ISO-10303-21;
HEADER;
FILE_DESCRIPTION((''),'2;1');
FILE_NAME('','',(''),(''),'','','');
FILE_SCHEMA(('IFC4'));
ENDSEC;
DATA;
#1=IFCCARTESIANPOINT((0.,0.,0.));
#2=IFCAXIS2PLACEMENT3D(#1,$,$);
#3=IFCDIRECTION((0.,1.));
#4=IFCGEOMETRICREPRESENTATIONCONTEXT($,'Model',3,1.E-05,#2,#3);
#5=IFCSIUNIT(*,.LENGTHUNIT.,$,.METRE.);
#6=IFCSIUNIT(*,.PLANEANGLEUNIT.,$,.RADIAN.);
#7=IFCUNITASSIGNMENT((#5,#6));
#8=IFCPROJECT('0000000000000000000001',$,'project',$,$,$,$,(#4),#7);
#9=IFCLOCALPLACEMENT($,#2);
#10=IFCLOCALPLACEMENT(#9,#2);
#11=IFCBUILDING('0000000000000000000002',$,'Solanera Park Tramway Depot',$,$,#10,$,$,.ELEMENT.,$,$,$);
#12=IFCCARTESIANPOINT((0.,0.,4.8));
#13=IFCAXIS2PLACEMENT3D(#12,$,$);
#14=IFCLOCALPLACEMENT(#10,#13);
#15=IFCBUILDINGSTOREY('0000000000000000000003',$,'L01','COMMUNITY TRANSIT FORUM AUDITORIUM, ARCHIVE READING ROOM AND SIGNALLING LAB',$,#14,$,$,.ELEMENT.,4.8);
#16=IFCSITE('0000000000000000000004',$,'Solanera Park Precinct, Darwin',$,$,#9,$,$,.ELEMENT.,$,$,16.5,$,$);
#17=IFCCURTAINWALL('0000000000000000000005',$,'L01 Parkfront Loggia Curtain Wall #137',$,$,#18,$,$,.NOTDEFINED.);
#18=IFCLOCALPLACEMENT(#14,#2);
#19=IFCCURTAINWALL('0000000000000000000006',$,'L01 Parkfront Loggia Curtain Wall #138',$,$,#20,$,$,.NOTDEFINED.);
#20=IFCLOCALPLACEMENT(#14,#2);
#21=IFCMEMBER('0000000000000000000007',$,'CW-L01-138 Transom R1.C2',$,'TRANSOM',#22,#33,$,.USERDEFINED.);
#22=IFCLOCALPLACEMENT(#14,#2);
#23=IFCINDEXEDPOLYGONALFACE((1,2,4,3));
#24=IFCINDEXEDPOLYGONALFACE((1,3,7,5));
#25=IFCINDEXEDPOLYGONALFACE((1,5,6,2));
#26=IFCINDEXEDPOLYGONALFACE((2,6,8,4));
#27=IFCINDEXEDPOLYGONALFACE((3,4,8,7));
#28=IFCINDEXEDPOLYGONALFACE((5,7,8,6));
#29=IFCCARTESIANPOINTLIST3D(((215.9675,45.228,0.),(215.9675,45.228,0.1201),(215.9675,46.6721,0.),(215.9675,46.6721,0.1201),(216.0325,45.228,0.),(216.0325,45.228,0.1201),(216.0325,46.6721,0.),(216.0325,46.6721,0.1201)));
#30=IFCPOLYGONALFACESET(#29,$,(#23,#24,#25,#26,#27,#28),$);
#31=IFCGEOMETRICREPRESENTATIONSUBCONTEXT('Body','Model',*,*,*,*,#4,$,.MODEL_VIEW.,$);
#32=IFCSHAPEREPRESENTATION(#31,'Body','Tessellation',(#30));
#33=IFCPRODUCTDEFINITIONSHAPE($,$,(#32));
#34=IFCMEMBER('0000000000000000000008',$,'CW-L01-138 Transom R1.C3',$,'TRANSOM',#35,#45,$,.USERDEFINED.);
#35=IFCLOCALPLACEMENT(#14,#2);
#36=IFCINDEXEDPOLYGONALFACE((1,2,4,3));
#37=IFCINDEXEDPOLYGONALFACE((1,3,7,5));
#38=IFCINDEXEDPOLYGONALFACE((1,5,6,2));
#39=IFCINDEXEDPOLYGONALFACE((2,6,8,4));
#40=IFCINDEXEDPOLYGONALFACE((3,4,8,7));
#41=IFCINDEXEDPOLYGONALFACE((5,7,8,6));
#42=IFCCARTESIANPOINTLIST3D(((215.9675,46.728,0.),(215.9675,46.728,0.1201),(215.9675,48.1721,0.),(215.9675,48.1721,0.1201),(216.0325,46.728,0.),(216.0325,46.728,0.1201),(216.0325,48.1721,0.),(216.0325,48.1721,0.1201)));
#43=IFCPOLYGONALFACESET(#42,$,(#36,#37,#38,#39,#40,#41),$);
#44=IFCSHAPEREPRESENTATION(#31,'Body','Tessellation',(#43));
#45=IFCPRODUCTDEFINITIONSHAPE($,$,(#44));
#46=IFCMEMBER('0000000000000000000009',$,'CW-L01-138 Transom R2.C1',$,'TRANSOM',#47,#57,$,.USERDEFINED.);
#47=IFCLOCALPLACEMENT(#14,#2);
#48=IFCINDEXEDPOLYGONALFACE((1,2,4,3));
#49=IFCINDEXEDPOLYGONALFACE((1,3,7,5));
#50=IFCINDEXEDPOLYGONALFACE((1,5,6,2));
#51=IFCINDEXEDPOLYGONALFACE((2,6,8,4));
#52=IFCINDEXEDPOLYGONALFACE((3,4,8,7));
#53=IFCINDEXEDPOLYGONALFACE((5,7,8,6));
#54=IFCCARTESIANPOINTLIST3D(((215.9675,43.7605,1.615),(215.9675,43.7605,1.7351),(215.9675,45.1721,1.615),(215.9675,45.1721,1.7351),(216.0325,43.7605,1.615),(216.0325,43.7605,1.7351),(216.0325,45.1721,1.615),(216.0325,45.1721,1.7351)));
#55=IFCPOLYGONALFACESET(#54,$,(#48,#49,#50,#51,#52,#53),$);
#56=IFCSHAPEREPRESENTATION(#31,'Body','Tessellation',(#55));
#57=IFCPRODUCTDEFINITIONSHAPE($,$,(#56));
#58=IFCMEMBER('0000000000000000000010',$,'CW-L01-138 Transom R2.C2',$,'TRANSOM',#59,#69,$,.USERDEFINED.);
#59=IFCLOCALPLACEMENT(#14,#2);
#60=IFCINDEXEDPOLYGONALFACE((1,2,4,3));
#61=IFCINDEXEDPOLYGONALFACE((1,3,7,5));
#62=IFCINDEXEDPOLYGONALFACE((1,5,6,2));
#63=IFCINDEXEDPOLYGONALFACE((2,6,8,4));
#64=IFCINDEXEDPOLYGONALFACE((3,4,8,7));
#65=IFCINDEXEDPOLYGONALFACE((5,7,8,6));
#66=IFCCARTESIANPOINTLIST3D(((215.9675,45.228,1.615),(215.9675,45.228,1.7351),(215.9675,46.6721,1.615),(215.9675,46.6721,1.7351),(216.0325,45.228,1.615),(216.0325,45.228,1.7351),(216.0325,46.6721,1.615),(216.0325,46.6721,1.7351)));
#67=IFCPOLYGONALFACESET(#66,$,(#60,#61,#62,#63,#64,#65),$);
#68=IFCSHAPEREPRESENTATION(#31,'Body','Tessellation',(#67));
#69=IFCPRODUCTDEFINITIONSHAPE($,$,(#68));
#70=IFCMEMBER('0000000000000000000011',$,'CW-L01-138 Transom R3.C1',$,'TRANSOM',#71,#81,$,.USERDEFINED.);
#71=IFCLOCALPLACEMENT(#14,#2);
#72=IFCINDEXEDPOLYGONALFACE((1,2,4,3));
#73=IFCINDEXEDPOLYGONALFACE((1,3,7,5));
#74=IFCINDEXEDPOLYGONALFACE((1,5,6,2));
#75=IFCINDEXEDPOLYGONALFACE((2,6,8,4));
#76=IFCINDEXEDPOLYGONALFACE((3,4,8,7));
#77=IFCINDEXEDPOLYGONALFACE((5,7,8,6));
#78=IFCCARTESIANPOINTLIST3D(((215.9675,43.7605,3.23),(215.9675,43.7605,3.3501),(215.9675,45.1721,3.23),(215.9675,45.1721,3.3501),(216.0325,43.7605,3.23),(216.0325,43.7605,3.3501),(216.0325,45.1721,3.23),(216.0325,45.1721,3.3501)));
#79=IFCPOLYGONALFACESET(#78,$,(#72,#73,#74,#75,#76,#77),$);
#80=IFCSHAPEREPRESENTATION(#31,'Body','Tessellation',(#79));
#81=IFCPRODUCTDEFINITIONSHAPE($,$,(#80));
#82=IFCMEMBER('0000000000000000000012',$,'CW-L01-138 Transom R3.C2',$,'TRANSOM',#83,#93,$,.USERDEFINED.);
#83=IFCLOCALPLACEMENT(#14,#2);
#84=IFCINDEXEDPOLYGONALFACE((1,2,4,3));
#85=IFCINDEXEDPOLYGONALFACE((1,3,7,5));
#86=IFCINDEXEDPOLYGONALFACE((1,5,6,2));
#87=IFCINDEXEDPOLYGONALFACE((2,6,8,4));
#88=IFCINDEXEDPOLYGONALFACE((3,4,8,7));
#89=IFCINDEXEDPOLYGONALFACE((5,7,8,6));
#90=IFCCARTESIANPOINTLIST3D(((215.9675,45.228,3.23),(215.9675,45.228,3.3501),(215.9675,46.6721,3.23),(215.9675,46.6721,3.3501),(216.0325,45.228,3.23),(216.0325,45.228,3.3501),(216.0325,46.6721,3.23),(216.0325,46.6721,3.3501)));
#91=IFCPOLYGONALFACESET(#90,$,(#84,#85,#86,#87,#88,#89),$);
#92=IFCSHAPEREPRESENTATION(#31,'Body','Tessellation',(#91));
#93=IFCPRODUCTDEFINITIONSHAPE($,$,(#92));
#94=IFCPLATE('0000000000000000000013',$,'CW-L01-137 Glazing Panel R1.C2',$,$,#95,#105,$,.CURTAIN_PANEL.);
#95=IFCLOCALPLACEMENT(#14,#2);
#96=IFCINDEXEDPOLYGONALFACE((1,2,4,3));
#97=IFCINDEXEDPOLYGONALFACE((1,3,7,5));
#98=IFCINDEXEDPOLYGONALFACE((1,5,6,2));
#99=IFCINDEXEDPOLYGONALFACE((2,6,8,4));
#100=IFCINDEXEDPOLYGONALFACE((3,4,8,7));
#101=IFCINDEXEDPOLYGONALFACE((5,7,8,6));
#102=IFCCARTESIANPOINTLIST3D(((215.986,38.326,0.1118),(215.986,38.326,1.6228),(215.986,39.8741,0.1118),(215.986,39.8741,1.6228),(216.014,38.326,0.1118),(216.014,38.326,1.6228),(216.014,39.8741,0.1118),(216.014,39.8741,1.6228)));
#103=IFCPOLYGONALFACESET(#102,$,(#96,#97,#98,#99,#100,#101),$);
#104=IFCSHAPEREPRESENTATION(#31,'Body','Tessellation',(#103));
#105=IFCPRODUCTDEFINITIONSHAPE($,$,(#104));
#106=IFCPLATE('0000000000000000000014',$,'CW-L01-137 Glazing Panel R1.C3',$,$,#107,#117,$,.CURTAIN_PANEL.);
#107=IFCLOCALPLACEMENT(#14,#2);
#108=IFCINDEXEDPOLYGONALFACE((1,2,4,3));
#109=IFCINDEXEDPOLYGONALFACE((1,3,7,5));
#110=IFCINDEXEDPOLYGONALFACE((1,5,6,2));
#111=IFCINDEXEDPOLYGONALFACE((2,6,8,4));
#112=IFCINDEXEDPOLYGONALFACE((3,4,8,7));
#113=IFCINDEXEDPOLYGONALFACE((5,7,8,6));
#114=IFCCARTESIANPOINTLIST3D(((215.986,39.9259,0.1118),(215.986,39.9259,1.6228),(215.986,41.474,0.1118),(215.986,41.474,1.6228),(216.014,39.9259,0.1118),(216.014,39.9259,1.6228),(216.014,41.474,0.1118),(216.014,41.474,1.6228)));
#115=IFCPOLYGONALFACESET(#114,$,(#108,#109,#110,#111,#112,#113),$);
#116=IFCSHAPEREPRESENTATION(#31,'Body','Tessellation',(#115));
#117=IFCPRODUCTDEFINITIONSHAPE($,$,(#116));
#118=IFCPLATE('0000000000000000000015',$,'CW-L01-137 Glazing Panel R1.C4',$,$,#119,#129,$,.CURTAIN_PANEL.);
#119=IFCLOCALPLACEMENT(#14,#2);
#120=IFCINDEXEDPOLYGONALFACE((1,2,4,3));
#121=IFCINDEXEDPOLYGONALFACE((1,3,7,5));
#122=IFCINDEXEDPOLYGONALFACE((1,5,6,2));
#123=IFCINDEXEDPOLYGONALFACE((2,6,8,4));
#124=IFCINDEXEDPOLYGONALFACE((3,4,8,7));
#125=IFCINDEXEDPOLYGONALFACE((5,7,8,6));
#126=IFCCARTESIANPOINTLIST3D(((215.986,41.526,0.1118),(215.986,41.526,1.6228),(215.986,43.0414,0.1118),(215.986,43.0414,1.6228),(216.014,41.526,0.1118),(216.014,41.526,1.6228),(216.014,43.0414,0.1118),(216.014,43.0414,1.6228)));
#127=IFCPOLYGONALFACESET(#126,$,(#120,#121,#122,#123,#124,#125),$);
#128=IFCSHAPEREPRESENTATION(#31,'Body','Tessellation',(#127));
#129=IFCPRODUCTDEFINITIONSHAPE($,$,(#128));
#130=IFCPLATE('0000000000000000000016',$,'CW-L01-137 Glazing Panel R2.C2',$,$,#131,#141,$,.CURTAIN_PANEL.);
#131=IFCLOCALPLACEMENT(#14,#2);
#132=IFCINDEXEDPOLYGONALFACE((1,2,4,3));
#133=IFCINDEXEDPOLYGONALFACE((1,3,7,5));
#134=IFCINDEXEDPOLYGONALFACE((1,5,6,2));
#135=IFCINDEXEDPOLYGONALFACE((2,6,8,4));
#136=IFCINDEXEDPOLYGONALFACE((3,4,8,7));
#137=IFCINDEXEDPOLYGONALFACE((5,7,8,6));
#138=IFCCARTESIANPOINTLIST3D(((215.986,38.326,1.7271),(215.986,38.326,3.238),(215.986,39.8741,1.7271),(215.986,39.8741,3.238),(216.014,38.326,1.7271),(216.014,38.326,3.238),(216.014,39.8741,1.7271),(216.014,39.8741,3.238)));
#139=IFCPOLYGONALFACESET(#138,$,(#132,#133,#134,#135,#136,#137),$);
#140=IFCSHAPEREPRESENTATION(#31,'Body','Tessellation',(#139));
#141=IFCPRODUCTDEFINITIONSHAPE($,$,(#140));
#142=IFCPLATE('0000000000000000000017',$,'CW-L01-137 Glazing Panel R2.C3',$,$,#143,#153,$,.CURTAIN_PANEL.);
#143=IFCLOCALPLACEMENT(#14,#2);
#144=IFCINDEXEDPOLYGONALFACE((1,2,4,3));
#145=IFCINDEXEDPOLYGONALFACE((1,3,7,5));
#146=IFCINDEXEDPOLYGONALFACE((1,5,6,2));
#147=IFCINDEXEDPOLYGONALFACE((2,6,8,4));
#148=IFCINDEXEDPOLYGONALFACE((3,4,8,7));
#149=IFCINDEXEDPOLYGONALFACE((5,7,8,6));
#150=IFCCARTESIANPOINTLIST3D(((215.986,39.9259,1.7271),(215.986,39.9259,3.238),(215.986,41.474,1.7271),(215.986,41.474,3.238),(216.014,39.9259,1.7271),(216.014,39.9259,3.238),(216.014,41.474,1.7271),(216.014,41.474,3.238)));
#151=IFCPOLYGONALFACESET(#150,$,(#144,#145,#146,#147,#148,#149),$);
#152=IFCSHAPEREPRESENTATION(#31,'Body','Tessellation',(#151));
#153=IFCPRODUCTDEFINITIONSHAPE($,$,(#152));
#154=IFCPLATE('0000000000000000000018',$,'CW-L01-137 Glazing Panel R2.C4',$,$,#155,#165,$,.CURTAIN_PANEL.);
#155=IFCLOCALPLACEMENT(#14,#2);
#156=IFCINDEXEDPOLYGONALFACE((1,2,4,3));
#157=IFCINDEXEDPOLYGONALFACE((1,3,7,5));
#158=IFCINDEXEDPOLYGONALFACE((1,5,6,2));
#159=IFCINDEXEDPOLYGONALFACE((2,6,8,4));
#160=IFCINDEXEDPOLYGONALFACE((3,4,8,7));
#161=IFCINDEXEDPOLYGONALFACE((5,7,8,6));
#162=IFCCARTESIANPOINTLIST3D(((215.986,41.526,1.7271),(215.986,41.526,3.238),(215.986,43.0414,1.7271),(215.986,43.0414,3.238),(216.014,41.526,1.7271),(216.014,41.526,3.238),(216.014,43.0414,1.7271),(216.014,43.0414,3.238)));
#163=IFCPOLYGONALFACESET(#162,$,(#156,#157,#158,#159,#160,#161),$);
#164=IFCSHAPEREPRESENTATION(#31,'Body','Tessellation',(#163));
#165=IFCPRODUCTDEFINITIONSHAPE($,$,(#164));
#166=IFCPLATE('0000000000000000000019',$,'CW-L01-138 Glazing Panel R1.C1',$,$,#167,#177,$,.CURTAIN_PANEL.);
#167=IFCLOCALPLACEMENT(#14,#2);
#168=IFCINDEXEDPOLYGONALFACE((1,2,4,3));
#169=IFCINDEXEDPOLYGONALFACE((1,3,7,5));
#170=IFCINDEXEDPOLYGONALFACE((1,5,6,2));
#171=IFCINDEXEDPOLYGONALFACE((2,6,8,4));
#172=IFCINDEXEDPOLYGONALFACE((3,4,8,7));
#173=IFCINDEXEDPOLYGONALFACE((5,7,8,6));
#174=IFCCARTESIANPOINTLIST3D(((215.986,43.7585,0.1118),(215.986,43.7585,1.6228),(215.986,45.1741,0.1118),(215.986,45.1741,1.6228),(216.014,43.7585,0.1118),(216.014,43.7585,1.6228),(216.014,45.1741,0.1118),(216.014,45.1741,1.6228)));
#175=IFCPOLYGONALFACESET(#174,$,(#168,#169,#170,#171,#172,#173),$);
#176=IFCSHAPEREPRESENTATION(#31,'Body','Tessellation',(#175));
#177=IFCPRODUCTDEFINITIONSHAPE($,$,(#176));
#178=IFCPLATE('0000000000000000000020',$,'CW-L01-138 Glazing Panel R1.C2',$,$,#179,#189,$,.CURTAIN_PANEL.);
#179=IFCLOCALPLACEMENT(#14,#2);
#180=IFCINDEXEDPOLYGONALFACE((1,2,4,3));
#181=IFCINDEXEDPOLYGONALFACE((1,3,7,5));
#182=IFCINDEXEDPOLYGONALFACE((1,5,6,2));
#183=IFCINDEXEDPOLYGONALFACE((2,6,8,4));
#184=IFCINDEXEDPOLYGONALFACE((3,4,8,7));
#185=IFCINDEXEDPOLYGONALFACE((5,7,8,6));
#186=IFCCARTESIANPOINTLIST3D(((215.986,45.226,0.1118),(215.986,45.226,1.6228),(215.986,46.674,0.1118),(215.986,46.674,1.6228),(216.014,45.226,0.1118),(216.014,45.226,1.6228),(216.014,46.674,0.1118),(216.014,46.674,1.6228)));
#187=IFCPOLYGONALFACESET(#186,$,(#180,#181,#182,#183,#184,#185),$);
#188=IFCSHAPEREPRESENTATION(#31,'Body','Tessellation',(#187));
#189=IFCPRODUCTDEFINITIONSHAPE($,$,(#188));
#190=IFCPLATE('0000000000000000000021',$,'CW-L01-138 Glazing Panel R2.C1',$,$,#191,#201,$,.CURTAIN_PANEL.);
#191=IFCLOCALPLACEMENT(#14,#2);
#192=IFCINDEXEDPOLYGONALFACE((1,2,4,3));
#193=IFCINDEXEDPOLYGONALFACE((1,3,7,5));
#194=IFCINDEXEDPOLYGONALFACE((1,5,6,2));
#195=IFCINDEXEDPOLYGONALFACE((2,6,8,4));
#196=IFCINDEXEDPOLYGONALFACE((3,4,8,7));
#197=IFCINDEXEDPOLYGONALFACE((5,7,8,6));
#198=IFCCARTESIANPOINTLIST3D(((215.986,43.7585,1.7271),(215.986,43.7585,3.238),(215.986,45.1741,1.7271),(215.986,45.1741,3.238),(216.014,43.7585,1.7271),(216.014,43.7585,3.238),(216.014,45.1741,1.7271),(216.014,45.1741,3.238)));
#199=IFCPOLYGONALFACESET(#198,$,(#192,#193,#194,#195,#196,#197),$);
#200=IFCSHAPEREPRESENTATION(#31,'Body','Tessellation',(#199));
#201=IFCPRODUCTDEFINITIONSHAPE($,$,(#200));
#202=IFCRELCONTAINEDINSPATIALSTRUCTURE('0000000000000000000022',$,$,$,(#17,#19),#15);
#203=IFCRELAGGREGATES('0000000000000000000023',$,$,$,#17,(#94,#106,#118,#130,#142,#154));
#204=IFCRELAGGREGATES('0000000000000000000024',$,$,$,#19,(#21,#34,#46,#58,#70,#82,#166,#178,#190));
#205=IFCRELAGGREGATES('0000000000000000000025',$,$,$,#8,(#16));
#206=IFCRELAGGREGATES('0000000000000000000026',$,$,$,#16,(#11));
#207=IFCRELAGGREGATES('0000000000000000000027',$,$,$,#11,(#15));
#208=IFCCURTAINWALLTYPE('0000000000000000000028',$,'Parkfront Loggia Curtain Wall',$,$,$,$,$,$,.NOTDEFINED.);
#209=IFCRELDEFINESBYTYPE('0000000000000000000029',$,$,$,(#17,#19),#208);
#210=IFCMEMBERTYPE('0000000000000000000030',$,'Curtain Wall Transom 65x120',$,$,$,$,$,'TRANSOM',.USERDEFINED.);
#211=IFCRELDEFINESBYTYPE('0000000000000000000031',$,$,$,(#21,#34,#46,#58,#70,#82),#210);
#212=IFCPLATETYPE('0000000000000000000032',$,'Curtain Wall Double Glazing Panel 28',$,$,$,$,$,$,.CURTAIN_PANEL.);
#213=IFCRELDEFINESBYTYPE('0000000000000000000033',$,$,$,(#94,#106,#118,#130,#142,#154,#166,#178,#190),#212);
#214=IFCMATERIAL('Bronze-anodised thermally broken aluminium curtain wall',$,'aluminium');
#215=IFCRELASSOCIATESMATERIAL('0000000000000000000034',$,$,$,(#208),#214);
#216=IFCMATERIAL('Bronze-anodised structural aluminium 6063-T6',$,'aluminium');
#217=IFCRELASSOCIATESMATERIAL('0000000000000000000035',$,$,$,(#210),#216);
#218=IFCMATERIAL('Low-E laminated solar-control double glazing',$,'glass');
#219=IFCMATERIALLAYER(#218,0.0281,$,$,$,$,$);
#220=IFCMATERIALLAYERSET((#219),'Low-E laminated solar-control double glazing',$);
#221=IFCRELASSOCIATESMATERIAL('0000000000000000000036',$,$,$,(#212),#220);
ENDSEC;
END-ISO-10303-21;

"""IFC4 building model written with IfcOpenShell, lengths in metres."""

from ifc_helpers import new_model, si_unit, direction, frame, origin, origin_2d, place, context, subcontext, project, spatial, rectangle, extrude, material, layer, layer_set, material_profile, profile_set, type_object, element, aggregate, save


model = new_model("IFC4")

# Units and contexts
model_context = context("Model", 3, precision=1e-05, world=origin(), true_north=direction((0.0, 1.0)))
body_context = subcontext(model_context, "Body", "Model", "MODEL_VIEW")
ifc_project = project(units=[si_unit("LENGTHUNIT", "METRE"), si_unit("PLANEANGLEUNIT", "RADIAN")], contexts=[model_context])

# Site, building, storey
site_placement = place(None, origin())
site = spatial("IfcSite", under=ifc_project, at=site_placement, Name="Solanera Park Precinct, Darwin", CompositionType="ELEMENT", RefElevation=16.5)
building_placement = place(site_placement, origin())
building = spatial("IfcBuilding", under=site, at=building_placement, Name="Solanera Park Tramway Depot", CompositionType="ELEMENT")
storey_placement = place(building_placement, frame((0.0, 0.0, 4.8)))
storey = spatial("IfcBuildingStorey", under=building, at=storey_placement, Name="L01", Description="COMMUNITY TRANSIT FORUM AUDITORIUM, ARCHIVE READING ROOM AND SIGNALLING LAB", CompositionType="ELEMENT", Elevation=4.8)

# Curtain walls
ifc_material_1 = material(Name="Bronze-anodised thermally broken aluminium curtain wall", Category="aluminium")
curtain_wall_type = type_object("IfcCurtainWallType", Name="Parkfront Loggia Curtain Wall", PredefinedType="NOTDEFINED", material=ifc_material_1)
curtain_wall_1_placement = place(storey_placement, origin())
curtain_wall_1 = element("IfcCurtainWall", 1, at=curtain_wall_1_placement, inside=storey, type_object=curtain_wall_type, Name="L01 Parkfront Loggia Curtain Wall #137", PredefinedType="NOTDEFINED")
curtain_wall_2_placement = place(storey_placement, origin())
curtain_wall_2 = element("IfcCurtainWall", 2, at=curtain_wall_2_placement, inside=storey, type_object=curtain_wall_type, Name="L01 Parkfront Loggia Curtain Wall #138", PredefinedType="NOTDEFINED")

# Members
ifc_material_2 = material(Name="Bronze-anodised structural aluminium 6063-T6", Category="aluminium")
ifc_material_profile_1 = material_profile(ifc_material_2, rectangle(XDim=0.0649, YDim=0.1201, at=origin_2d()), Name="Curtain Wall Transom 65x120")
ifc_profile_set_1 = profile_set([ifc_material_profile_1], Name="Bronze-anodised structural aluminium 6063-T6")
member_type_1 = type_object("IfcMemberType", Name="Curtain Wall Transom 65x120", ElementType="TRANSOM", PredefinedType="USERDEFINED", material=ifc_profile_set_1)
member_1_placement = place(storey_placement, frame((216.0, 45.228, 0.0601), z_axis=(0.0, 1.0, 0.0), x_axis=(-1.0, 0.0, 0.0)))
member_1 = element("IfcMember", 3, at=member_1_placement, type_object=member_type_1, Name="CW-L01-138 Transom R1.C2", ObjectType="TRANSOM", PredefinedType="USERDEFINED", context=body_context, shape_type="SweptSolid", body=[
    extrude(rectangle(XDim=0.0649, YDim=0.1201, at=origin_2d()), origin(), (0.0, 0.0, 1.0), 1.4441),
])
member_2_placement = place(storey_placement, frame((216.0, 46.728, 0.0601), z_axis=(0.0, 1.0, 0.0), x_axis=(-1.0, 0.0, 0.0)))
member_2 = element("IfcMember", 4, at=member_2_placement, type_object=member_type_1, Name="CW-L01-138 Transom R1.C3", ObjectType="TRANSOM", PredefinedType="USERDEFINED", context=body_context, shape_type="SweptSolid", body=[
    extrude(rectangle(XDim=0.0649, YDim=0.1201, at=origin_2d()), origin(), (0.0, 0.0, 1.0), 1.4441),
])
member_3_placement = place(storey_placement, frame((216.0, 43.7605, 1.675), z_axis=(0.0, 1.0, 0.0), x_axis=(-1.0, 0.0, 0.0)))
member_3 = element("IfcMember", 5, at=member_3_placement, type_object=member_type_1, Name="CW-L01-138 Transom R2.C1", ObjectType="TRANSOM", PredefinedType="USERDEFINED", context=body_context, shape_type="SweptSolid", body=[
    extrude(rectangle(XDim=0.0649, YDim=0.1201, at=origin_2d()), origin(), (0.0, 0.0, 1.0), 1.4116),
])
member_4_placement = place(storey_placement, frame((216.0, 45.228, 1.675), z_axis=(0.0, 1.0, 0.0), x_axis=(-1.0, 0.0, 0.0)))
member_4 = element("IfcMember", 6, at=member_4_placement, type_object=member_type_1, Name="CW-L01-138 Transom R2.C2", ObjectType="TRANSOM", PredefinedType="USERDEFINED", context=body_context, shape_type="SweptSolid", body=[
    extrude(rectangle(XDim=0.0649, YDim=0.1201, at=origin_2d()), origin(), (0.0, 0.0, 1.0), 1.4441),
])
member_5_placement = place(storey_placement, frame((216.0, 43.7605, 3.29), z_axis=(0.0, 1.0, 0.0), x_axis=(-1.0, 0.0, 0.0)))
member_5 = element("IfcMember", 7, at=member_5_placement, type_object=member_type_1, Name="CW-L01-138 Transom R3.C1", ObjectType="TRANSOM", PredefinedType="USERDEFINED", context=body_context, shape_type="SweptSolid", body=[
    extrude(rectangle(XDim=0.0649, YDim=0.1201, at=origin_2d()), origin(), (0.0, 0.0, 1.0), 1.4116),
])
member_6_placement = place(storey_placement, frame((216.0, 45.228, 3.29), z_axis=(0.0, 1.0, 0.0), x_axis=(-1.0, 0.0, 0.0)))
member_6 = element("IfcMember", 8, at=member_6_placement, type_object=member_type_1, Name="CW-L01-138 Transom R3.C2", ObjectType="TRANSOM", PredefinedType="USERDEFINED", context=body_context, shape_type="SweptSolid", body=[
    extrude(rectangle(XDim=0.0649, YDim=0.1201, at=origin_2d()), origin(), (0.0, 0.0, 1.0), 1.4441),
])

# Plates
ifc_material_3 = material(Name="Low-E laminated solar-control double glazing", Category="glass")
ifc_layer = layer(ifc_material_3, 0.0281)
ifc_layer_set = layer_set([ifc_layer], Name="Low-E laminated solar-control double glazing")
plate_type = type_object("IfcPlateType", Name="Curtain Wall Double Glazing Panel 28", PredefinedType="CURTAIN_PANEL", material=ifc_layer_set)
plate_1_placement = place(storey_placement, frame((216.0, 39.1001, 0.1118), z_axis=(0.0, 0.0, 1.0), x_axis=(0.0, 1.0, 0.0)))
plate_1 = element("IfcPlate", 9, at=plate_1_placement, type_object=plate_type, Name="CW-L01-137 Glazing Panel R1.C2", PredefinedType="CURTAIN_PANEL", context=body_context, shape_type="SweptSolid", body=[
    extrude(rectangle(XDim=1.5481, YDim=0.0281, at=origin_2d()), origin(), (0.0, 0.0, 1.0), 1.511),
])
plate_2_placement = place(storey_placement, frame((216.0, 40.7, 0.1118), z_axis=(0.0, 0.0, 1.0), x_axis=(0.0, 1.0, 0.0)))
plate_2 = element("IfcPlate", 10, at=plate_2_placement, type_object=plate_type, Name="CW-L01-137 Glazing Panel R1.C3", PredefinedType="CURTAIN_PANEL", context=body_context, shape_type="SweptSolid", body=[
    extrude(rectangle(XDim=1.5481, YDim=0.0281, at=origin_2d()), origin(), (0.0, 0.0, 1.0), 1.511),
])
plate_3_placement = place(storey_placement, frame((216.0, 42.2837, 0.1118), z_axis=(0.0, 0.0, 1.0), x_axis=(0.0, 1.0, 0.0)))
plate_3 = element("IfcPlate", 11, at=plate_3_placement, type_object=plate_type, Name="CW-L01-137 Glazing Panel R1.C4", PredefinedType="CURTAIN_PANEL", context=body_context, shape_type="SweptSolid", body=[
    extrude(rectangle(XDim=1.5154, YDim=0.0281, at=origin_2d()), origin(), (0.0, 0.0, 1.0), 1.511),
])
plate_4_placement = place(storey_placement, frame((216.0, 39.1001, 1.7271), z_axis=(0.0, 0.0, 1.0), x_axis=(0.0, 1.0, 0.0)))
plate_4 = element("IfcPlate", 12, at=plate_4_placement, type_object=plate_type, Name="CW-L01-137 Glazing Panel R2.C2", PredefinedType="CURTAIN_PANEL", context=body_context, shape_type="SweptSolid", body=[
    extrude(rectangle(XDim=1.5481, YDim=0.0281, at=origin_2d()), origin(), (0.0, 0.0, 1.0), 1.511),
])
plate_5_placement = place(storey_placement, frame((216.0, 40.7, 1.7271), z_axis=(0.0, 0.0, 1.0), x_axis=(0.0, 1.0, 0.0)))
plate_5 = element("IfcPlate", 13, at=plate_5_placement, type_object=plate_type, Name="CW-L01-137 Glazing Panel R2.C3", PredefinedType="CURTAIN_PANEL", context=body_context, shape_type="SweptSolid", body=[
    extrude(rectangle(XDim=1.5481, YDim=0.0281, at=origin_2d()), origin(), (0.0, 0.0, 1.0), 1.511),
])
plate_6_placement = place(storey_placement, frame((216.0, 42.2837, 1.7271), z_axis=(0.0, 0.0, 1.0), x_axis=(0.0, 1.0, 0.0)))
plate_6 = element("IfcPlate", 14, at=plate_6_placement, type_object=plate_type, Name="CW-L01-137 Glazing Panel R2.C4", PredefinedType="CURTAIN_PANEL", context=body_context, shape_type="SweptSolid", body=[
    extrude(rectangle(XDim=1.5154, YDim=0.0281, at=origin_2d()), origin(), (0.0, 0.0, 1.0), 1.511),
])
aggregate(curtain_wall_1, [plate_1, plate_2, plate_3, plate_4, plate_5, plate_6])
plate_7_placement = place(storey_placement, frame((216.0, 44.4663, 0.1118), z_axis=(0.0, 0.0, 1.0), x_axis=(0.0, 1.0, 0.0)))
plate_7 = element("IfcPlate", 15, at=plate_7_placement, type_object=plate_type, Name="CW-L01-138 Glazing Panel R1.C1", PredefinedType="CURTAIN_PANEL", context=body_context, shape_type="SweptSolid", body=[
    extrude(rectangle(XDim=1.4155, YDim=0.0281, at=origin_2d()), origin(), (0.0, 0.0, 1.0), 1.511),
])
plate_8_placement = place(storey_placement, frame((216.0, 45.95, 0.1118), z_axis=(0.0, 0.0, 1.0), x_axis=(0.0, 1.0, 0.0)))
plate_8 = element("IfcPlate", 16, at=plate_8_placement, type_object=plate_type, Name="CW-L01-138 Glazing Panel R1.C2", PredefinedType="CURTAIN_PANEL", context=body_context, shape_type="SweptSolid", body=[
    extrude(rectangle(XDim=1.448, YDim=0.0281, at=origin_2d()), origin(), (0.0, 0.0, 1.0), 1.511),
])
plate_9_placement = place(storey_placement, frame((216.0, 44.4663, 1.7271), z_axis=(0.0, 0.0, 1.0), x_axis=(0.0, 1.0, 0.0)))
plate_9 = element("IfcPlate", 17, at=plate_9_placement, type_object=plate_type, Name="CW-L01-138 Glazing Panel R2.C1", PredefinedType="CURTAIN_PANEL", context=body_context, shape_type="SweptSolid", body=[
    extrude(rectangle(XDim=1.4155, YDim=0.0281, at=origin_2d()), origin(), (0.0, 0.0, 1.0), 1.511),
])
aggregate(curtain_wall_2, [member_1, member_2, member_3, member_4, member_5, member_6, plate_7, plate_8, plate_9])

save(model, "model.ifc")
